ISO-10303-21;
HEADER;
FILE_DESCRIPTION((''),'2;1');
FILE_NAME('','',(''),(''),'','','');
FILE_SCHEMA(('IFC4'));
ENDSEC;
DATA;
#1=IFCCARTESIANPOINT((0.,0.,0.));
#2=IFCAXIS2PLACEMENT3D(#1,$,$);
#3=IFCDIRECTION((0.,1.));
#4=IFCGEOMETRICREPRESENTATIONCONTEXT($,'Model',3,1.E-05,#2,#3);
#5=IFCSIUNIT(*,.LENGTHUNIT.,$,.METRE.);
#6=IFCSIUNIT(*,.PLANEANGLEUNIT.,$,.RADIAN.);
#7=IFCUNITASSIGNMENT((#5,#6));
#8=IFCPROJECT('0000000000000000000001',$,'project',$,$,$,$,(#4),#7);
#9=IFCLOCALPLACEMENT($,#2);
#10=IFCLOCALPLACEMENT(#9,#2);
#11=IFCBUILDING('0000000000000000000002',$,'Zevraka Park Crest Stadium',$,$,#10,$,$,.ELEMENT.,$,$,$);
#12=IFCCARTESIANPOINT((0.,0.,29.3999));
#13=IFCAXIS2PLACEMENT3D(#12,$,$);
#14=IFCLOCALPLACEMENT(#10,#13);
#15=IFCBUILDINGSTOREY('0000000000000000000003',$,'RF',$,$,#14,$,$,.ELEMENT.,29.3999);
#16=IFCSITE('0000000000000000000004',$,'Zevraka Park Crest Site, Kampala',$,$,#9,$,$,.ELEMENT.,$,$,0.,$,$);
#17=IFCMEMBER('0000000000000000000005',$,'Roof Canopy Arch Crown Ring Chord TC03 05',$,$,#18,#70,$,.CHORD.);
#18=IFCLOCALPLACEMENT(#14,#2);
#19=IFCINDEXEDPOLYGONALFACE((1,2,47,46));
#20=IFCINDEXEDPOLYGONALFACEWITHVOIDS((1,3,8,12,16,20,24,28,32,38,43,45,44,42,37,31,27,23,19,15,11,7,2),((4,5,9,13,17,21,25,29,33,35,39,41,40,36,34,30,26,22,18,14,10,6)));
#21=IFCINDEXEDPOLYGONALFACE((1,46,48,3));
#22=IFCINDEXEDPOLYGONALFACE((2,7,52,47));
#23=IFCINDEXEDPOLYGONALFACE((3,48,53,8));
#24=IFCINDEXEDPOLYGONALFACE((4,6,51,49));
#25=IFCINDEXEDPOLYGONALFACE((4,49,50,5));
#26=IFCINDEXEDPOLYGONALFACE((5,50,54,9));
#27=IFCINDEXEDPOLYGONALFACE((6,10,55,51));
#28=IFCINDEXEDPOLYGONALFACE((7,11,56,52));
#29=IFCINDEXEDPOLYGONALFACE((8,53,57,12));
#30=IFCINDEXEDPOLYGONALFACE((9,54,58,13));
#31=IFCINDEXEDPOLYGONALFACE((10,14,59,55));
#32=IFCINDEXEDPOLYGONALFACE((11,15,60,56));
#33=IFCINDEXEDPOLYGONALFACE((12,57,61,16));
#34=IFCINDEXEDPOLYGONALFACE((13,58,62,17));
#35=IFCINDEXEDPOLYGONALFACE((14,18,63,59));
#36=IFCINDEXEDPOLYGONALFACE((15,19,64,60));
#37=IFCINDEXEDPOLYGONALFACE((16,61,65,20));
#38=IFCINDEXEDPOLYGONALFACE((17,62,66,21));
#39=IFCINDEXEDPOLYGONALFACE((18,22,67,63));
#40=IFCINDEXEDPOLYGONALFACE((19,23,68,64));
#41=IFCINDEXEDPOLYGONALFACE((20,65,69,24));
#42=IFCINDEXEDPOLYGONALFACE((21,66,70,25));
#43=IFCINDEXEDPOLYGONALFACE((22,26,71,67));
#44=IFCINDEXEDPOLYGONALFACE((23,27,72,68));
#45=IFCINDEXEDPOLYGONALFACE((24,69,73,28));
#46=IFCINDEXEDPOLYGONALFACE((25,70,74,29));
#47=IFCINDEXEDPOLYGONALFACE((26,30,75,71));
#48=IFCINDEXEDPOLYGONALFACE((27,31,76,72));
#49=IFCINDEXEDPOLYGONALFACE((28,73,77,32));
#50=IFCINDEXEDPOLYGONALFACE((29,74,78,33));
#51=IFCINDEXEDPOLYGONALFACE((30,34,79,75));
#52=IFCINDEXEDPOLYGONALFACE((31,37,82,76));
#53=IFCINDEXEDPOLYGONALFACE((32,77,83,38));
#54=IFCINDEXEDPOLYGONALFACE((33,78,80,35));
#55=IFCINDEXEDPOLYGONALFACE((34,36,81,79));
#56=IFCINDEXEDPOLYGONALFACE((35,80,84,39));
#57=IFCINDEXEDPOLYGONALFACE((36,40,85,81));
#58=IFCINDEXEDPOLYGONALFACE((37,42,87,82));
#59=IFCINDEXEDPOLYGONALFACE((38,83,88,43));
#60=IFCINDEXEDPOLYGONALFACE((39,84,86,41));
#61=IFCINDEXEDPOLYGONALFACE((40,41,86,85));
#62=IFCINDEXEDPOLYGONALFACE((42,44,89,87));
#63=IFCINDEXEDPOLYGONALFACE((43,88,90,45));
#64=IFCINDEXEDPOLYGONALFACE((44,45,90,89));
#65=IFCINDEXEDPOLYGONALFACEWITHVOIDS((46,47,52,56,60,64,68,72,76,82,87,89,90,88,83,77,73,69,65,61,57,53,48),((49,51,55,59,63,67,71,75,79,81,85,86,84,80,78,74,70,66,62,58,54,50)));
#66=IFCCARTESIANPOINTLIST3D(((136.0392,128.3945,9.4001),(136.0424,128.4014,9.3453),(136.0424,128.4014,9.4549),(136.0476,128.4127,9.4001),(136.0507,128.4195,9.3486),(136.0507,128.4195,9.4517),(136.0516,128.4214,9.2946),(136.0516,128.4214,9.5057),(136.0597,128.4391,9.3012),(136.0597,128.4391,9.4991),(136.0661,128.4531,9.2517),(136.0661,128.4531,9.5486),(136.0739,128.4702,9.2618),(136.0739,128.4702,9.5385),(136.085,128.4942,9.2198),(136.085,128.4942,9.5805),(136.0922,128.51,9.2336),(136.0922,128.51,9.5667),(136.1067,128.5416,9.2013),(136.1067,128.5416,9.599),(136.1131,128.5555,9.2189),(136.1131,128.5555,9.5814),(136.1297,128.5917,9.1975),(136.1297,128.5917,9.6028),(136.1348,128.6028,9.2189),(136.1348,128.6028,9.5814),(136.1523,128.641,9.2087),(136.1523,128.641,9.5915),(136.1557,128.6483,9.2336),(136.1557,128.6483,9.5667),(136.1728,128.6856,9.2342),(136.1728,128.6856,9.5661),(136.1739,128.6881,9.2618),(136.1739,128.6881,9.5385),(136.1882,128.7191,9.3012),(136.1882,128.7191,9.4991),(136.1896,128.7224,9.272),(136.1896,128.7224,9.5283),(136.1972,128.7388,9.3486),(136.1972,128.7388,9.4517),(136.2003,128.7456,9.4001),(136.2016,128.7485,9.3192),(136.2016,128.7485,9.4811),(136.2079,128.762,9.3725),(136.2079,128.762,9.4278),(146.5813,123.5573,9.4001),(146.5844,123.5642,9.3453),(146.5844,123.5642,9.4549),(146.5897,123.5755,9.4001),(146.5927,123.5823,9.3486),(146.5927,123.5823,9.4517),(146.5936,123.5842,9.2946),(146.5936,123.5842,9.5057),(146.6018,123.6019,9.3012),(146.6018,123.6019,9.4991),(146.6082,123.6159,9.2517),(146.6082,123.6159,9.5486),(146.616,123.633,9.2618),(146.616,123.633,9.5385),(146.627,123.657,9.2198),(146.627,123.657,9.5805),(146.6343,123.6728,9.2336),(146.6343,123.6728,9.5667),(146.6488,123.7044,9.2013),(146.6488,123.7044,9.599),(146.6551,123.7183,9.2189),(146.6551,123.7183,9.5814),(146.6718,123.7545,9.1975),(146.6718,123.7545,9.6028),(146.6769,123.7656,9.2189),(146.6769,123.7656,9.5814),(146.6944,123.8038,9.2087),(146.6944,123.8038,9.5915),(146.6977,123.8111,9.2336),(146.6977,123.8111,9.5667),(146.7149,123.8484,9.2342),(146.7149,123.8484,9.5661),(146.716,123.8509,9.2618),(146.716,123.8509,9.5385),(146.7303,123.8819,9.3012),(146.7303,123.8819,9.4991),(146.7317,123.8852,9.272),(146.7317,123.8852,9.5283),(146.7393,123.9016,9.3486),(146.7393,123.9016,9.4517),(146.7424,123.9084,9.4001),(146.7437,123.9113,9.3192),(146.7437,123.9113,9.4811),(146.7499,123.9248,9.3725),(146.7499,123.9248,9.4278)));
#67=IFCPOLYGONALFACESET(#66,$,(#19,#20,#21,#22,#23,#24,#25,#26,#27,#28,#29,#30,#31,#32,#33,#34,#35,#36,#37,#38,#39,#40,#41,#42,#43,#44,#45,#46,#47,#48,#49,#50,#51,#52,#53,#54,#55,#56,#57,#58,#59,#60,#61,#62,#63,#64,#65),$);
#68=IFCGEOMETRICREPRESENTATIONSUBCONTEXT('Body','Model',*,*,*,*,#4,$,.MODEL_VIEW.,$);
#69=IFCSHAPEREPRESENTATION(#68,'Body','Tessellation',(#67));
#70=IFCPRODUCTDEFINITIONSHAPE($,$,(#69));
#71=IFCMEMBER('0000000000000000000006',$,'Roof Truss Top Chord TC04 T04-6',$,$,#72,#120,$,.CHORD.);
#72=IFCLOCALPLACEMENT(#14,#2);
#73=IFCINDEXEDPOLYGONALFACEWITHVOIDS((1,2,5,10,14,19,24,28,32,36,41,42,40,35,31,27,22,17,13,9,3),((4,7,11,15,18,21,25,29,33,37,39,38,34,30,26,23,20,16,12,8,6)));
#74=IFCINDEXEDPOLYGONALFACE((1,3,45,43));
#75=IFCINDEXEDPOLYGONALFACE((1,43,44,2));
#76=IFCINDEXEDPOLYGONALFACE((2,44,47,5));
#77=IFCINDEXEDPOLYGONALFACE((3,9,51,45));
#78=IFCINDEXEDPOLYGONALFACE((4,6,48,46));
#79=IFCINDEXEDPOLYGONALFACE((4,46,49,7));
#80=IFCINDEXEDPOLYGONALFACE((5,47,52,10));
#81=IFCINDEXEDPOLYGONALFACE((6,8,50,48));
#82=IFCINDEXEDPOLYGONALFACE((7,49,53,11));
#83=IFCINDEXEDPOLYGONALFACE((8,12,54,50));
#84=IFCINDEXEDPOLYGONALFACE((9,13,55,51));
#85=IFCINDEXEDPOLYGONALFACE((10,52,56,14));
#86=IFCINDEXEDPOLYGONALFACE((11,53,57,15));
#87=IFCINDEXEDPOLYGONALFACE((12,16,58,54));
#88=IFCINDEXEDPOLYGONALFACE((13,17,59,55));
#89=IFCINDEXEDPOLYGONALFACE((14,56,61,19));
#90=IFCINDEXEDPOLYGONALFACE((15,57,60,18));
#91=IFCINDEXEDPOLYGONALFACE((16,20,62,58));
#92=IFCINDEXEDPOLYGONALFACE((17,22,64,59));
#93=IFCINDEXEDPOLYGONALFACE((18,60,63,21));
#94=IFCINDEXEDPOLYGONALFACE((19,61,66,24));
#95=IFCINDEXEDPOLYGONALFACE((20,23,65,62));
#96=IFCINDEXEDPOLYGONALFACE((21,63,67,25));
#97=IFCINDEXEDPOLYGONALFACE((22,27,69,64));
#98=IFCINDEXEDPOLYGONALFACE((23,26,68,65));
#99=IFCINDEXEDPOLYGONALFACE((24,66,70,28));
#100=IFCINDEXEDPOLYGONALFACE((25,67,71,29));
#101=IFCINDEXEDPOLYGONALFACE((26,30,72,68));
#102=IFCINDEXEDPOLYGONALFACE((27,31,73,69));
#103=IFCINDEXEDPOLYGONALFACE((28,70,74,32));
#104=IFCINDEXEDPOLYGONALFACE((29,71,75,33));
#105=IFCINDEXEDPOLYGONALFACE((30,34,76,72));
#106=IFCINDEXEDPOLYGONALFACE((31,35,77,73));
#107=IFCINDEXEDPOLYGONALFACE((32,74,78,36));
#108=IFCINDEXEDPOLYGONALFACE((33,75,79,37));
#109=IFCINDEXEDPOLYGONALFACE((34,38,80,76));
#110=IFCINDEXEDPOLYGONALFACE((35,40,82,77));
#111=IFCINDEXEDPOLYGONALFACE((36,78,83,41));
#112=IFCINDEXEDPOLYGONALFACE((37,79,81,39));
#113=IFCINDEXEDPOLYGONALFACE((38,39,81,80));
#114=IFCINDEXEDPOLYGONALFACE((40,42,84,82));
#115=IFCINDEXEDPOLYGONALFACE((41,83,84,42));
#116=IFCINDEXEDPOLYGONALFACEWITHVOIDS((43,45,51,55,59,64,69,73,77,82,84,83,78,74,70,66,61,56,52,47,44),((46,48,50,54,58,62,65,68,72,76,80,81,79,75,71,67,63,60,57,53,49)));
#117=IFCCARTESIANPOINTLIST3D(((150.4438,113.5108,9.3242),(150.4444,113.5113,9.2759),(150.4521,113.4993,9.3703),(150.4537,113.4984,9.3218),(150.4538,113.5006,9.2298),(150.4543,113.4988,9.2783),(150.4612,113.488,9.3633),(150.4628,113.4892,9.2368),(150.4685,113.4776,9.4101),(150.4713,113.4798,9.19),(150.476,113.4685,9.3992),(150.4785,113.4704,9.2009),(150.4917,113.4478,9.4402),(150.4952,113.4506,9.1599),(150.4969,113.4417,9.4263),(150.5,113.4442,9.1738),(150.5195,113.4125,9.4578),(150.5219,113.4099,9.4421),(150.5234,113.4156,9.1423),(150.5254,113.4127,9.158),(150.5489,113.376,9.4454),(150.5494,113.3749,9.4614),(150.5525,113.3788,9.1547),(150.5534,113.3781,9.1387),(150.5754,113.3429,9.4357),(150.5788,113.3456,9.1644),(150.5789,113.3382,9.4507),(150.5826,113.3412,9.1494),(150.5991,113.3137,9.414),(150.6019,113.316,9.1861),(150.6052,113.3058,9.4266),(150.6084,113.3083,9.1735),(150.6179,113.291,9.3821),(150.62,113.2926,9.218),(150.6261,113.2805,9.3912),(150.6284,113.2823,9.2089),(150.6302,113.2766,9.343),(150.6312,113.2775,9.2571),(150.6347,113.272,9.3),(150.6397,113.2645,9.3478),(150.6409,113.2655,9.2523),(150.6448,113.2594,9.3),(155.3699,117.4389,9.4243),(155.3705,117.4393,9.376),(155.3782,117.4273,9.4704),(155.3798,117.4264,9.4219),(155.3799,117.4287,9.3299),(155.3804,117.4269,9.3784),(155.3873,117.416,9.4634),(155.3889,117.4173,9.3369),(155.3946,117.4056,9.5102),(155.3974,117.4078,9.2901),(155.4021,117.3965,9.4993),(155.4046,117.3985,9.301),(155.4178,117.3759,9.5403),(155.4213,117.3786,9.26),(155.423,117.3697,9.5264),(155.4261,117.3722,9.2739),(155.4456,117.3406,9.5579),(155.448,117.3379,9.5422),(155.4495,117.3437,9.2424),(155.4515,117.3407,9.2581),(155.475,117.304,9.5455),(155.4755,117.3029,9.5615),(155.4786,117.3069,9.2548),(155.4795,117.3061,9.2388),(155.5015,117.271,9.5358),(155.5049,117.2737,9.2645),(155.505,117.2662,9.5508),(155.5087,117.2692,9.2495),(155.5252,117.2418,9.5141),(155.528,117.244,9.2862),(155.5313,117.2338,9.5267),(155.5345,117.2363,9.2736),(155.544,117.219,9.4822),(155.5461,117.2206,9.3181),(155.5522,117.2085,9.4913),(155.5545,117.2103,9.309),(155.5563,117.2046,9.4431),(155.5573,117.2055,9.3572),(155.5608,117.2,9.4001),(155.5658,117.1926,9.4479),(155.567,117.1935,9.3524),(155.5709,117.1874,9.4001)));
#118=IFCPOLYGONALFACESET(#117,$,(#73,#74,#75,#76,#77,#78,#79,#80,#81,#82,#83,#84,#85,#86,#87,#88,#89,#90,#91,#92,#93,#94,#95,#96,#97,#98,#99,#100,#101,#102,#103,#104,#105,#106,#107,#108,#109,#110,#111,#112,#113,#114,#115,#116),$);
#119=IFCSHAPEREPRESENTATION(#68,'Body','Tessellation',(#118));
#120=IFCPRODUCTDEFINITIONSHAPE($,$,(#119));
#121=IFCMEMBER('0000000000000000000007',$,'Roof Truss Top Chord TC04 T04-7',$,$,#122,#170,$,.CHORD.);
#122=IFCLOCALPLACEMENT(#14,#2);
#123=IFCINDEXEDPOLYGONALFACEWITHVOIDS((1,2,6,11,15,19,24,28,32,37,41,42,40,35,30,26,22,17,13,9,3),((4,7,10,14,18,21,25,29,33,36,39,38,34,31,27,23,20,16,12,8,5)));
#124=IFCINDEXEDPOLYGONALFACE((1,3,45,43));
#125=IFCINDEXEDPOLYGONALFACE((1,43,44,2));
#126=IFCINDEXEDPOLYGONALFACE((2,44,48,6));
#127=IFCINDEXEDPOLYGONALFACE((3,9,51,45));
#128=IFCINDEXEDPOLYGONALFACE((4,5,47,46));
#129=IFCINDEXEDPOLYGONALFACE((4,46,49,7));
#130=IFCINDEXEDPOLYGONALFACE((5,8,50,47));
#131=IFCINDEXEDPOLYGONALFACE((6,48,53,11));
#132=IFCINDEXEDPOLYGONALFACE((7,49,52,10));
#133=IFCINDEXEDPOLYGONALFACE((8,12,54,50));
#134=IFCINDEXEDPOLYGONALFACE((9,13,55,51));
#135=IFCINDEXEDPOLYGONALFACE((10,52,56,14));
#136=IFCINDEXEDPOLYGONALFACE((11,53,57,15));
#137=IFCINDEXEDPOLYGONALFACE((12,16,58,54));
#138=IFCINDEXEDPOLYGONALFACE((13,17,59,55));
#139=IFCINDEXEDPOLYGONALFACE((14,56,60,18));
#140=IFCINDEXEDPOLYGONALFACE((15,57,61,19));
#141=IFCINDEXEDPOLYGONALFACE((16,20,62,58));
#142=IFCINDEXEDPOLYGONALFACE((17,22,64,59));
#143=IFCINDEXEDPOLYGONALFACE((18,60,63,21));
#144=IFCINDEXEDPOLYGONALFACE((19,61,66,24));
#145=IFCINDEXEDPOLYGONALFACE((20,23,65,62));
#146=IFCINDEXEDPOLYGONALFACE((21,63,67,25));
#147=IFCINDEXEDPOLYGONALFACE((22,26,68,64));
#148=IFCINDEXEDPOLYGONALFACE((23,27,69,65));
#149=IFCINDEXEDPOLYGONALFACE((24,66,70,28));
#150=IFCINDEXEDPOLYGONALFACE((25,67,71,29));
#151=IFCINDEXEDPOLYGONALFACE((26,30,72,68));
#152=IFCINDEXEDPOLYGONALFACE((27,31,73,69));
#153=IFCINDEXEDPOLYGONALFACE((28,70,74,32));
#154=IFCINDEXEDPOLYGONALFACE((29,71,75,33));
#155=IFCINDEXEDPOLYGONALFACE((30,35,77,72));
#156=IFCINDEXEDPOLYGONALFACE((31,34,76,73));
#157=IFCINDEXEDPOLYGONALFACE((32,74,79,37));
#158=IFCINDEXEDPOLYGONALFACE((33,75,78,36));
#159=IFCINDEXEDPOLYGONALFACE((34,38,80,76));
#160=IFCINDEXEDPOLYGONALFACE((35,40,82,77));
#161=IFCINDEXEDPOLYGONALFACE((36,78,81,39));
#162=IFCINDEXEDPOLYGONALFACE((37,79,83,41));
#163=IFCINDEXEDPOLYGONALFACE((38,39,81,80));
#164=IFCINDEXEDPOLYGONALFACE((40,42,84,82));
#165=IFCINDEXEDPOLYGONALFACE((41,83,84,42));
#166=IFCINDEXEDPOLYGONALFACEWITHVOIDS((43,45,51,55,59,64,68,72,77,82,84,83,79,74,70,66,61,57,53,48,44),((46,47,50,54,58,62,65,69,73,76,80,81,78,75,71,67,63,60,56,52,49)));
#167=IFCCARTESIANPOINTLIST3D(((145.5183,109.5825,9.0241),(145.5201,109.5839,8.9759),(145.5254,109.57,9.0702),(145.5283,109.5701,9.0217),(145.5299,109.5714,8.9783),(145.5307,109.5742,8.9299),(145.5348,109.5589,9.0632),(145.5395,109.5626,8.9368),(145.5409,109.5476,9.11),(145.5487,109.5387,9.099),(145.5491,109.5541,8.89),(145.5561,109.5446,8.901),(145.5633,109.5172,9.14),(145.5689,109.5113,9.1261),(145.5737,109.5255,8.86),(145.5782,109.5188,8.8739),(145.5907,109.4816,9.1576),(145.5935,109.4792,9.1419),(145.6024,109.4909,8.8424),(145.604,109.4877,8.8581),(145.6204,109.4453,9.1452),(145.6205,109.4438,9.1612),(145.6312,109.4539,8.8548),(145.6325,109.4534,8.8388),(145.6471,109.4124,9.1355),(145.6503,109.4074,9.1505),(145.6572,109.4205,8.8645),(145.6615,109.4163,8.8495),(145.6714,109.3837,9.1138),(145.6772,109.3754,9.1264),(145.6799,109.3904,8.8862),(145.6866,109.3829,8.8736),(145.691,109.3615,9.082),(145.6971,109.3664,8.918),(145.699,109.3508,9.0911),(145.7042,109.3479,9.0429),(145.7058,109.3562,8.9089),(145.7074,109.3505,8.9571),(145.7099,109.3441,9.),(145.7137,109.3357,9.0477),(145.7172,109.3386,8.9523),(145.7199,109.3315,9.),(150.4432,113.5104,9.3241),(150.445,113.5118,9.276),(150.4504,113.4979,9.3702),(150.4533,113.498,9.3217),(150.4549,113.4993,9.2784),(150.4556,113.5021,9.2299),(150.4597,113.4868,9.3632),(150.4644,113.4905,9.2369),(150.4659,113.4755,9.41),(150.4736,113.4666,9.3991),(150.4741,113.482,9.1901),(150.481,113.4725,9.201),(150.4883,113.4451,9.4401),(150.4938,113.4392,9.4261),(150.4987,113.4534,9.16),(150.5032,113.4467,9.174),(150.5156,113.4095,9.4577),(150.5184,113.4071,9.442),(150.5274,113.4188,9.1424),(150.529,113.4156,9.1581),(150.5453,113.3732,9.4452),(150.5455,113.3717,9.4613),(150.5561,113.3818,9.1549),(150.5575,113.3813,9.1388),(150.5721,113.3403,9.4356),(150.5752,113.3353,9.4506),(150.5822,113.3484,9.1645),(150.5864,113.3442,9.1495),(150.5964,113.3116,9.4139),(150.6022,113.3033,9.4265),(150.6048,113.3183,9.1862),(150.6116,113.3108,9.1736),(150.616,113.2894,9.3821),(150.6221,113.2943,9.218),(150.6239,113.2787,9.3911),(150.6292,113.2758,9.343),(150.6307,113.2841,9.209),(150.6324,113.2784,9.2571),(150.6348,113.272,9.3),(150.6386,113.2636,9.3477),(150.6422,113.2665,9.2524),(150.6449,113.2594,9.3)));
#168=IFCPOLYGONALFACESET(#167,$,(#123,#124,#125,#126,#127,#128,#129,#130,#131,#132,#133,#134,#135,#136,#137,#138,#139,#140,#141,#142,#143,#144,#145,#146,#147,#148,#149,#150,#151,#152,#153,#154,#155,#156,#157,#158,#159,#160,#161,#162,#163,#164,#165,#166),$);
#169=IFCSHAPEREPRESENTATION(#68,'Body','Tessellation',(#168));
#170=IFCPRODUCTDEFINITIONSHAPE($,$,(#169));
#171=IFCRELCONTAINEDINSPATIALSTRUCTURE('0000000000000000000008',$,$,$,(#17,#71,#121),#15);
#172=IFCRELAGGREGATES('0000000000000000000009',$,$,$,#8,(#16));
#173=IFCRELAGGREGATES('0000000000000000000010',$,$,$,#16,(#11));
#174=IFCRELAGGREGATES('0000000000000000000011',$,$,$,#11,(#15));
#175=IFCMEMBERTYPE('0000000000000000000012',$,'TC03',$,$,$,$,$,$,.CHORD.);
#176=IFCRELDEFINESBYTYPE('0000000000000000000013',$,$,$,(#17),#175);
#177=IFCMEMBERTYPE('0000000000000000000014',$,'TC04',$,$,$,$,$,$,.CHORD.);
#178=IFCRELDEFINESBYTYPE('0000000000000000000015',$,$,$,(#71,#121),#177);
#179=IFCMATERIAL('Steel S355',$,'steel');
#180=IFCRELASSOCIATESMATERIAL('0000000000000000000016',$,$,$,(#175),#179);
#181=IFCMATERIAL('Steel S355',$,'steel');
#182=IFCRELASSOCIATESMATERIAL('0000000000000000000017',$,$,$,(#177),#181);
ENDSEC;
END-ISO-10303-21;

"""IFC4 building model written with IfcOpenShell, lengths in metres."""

from ifc_helpers import new_model, si_unit, direction, frame, origin, origin_2d, place, context, subcontext, project, spatial, hollow_circle, extrude, material, material_profile, profile_set, type_object, element, save


model = new_model("IFC4")

# Units and contexts
model_context = context("Model", 3, precision=1e-05, world=origin(), true_north=direction((0.0, 1.0)))
body_context = subcontext(model_context, "Body", "Model", "MODEL_VIEW")
ifc_project = project(units=[si_unit("LENGTHUNIT", "METRE"), si_unit("PLANEANGLEUNIT", "RADIAN")], contexts=[model_context])

# Site, building, storey
site_placement = place(None, origin())
site = spatial("IfcSite", under=ifc_project, at=site_placement, Name="Zevraka Park Crest Site, Kampala", CompositionType="ELEMENT", RefElevation=0.0)
building_placement = place(site_placement, origin())
building = spatial("IfcBuilding", under=site, at=building_placement, Name="Zevraka Park Crest Stadium", CompositionType="ELEMENT")
storey_placement = place(building_placement, frame((0.0, 0.0, 29.3999)))
storey = spatial("IfcBuildingStorey", under=building, at=storey_placement, Name="RF", CompositionType="ELEMENT", Elevation=29.3999)

# Members
ifc_material_1 = material(Name="Steel S355", Category="steel")
ifc_material_profile_1 = material_profile(ifc_material_1, hollow_circle(Radius=0.2031, WallThickness=0.02, at=origin_2d()), Name="CHS 406.4x20")
ifc_profile_set_1 = profile_set([ifc_material_profile_1], Name="Steel S355")
member_type_1 = type_object("IfcMemberType", Name="TC03", PredefinedType="CHORD", material=ifc_profile_set_1)
member_1_placement = place(storey_placement, frame((146.666, 123.7419, 9.4001), z_axis=(-0.908888, 0.41704, 0.0), x_axis=(-0.41704, -0.908888, 0.0)))
element("IfcMember", 1, at=member_1_placement, inside=storey, type_object=member_type_1, Name="Roof Canopy Arch Crown Ring Chord TC03 05", PredefinedType="CHORD", context=body_context, shape_type="SweptSolid", body=[
    extrude(hollow_circle(Radius=0.2031, WallThickness=0.02, at=origin_2d()), origin(), (0.0, 0.0, 1.0), 11.5989),
])
ifc_material_2 = material(Name="Steel S355", Category="steel")
ifc_material_profile_2 = material_profile(ifc_material_2, hollow_circle(Radius=0.1619, WallThickness=0.0161, at=origin_2d()), Name="CHS 323.9x16")
ifc_profile_set_2 = profile_set([ifc_material_profile_2], Name="Steel S355")
member_type_2 = type_object("IfcMemberType", Name="TC04", PredefinedType="CHORD", material=ifc_profile_set_2)
member_2_placement = place(storey_placement, frame((155.47, 117.314, 9.4001), z_axis=(-0.781763, -0.623373, -0.015886), x_axis=(0.623451, -0.781862, 0.0)))
element("IfcMember", 2, at=member_2_placement, inside=storey, type_object=member_type_2, Name="Roof Truss Top Chord TC04 T04-6", PredefinedType="CHORD", context=body_context, shape_type="SweptSolid", body=[
    extrude(hollow_circle(Radius=0.1619, WallThickness=0.0161, at=origin_2d()), origin(), (0.0, 0.0, 1.0), 6.3013),
])
member_3_placement = place(storey_placement, frame((150.5439, 113.386, 9.3), z_axis=(-0.780917, -0.622821, -0.047576), x_axis=(0.623527, -0.781802, 0.0)))
element("IfcMember", 3, at=member_3_placement, inside=storey, type_object=member_type_2, Name="Roof Truss Top Chord TC04 T04-7", PredefinedType="CHORD", context=body_context, shape_type="SweptSolid", body=[
    extrude(hollow_circle(Radius=0.1619, WallThickness=0.0161, at=origin_2d()), origin(), (0.0, 0.0, 1.0), 6.3066),
])

save(model, "model.ifc")
